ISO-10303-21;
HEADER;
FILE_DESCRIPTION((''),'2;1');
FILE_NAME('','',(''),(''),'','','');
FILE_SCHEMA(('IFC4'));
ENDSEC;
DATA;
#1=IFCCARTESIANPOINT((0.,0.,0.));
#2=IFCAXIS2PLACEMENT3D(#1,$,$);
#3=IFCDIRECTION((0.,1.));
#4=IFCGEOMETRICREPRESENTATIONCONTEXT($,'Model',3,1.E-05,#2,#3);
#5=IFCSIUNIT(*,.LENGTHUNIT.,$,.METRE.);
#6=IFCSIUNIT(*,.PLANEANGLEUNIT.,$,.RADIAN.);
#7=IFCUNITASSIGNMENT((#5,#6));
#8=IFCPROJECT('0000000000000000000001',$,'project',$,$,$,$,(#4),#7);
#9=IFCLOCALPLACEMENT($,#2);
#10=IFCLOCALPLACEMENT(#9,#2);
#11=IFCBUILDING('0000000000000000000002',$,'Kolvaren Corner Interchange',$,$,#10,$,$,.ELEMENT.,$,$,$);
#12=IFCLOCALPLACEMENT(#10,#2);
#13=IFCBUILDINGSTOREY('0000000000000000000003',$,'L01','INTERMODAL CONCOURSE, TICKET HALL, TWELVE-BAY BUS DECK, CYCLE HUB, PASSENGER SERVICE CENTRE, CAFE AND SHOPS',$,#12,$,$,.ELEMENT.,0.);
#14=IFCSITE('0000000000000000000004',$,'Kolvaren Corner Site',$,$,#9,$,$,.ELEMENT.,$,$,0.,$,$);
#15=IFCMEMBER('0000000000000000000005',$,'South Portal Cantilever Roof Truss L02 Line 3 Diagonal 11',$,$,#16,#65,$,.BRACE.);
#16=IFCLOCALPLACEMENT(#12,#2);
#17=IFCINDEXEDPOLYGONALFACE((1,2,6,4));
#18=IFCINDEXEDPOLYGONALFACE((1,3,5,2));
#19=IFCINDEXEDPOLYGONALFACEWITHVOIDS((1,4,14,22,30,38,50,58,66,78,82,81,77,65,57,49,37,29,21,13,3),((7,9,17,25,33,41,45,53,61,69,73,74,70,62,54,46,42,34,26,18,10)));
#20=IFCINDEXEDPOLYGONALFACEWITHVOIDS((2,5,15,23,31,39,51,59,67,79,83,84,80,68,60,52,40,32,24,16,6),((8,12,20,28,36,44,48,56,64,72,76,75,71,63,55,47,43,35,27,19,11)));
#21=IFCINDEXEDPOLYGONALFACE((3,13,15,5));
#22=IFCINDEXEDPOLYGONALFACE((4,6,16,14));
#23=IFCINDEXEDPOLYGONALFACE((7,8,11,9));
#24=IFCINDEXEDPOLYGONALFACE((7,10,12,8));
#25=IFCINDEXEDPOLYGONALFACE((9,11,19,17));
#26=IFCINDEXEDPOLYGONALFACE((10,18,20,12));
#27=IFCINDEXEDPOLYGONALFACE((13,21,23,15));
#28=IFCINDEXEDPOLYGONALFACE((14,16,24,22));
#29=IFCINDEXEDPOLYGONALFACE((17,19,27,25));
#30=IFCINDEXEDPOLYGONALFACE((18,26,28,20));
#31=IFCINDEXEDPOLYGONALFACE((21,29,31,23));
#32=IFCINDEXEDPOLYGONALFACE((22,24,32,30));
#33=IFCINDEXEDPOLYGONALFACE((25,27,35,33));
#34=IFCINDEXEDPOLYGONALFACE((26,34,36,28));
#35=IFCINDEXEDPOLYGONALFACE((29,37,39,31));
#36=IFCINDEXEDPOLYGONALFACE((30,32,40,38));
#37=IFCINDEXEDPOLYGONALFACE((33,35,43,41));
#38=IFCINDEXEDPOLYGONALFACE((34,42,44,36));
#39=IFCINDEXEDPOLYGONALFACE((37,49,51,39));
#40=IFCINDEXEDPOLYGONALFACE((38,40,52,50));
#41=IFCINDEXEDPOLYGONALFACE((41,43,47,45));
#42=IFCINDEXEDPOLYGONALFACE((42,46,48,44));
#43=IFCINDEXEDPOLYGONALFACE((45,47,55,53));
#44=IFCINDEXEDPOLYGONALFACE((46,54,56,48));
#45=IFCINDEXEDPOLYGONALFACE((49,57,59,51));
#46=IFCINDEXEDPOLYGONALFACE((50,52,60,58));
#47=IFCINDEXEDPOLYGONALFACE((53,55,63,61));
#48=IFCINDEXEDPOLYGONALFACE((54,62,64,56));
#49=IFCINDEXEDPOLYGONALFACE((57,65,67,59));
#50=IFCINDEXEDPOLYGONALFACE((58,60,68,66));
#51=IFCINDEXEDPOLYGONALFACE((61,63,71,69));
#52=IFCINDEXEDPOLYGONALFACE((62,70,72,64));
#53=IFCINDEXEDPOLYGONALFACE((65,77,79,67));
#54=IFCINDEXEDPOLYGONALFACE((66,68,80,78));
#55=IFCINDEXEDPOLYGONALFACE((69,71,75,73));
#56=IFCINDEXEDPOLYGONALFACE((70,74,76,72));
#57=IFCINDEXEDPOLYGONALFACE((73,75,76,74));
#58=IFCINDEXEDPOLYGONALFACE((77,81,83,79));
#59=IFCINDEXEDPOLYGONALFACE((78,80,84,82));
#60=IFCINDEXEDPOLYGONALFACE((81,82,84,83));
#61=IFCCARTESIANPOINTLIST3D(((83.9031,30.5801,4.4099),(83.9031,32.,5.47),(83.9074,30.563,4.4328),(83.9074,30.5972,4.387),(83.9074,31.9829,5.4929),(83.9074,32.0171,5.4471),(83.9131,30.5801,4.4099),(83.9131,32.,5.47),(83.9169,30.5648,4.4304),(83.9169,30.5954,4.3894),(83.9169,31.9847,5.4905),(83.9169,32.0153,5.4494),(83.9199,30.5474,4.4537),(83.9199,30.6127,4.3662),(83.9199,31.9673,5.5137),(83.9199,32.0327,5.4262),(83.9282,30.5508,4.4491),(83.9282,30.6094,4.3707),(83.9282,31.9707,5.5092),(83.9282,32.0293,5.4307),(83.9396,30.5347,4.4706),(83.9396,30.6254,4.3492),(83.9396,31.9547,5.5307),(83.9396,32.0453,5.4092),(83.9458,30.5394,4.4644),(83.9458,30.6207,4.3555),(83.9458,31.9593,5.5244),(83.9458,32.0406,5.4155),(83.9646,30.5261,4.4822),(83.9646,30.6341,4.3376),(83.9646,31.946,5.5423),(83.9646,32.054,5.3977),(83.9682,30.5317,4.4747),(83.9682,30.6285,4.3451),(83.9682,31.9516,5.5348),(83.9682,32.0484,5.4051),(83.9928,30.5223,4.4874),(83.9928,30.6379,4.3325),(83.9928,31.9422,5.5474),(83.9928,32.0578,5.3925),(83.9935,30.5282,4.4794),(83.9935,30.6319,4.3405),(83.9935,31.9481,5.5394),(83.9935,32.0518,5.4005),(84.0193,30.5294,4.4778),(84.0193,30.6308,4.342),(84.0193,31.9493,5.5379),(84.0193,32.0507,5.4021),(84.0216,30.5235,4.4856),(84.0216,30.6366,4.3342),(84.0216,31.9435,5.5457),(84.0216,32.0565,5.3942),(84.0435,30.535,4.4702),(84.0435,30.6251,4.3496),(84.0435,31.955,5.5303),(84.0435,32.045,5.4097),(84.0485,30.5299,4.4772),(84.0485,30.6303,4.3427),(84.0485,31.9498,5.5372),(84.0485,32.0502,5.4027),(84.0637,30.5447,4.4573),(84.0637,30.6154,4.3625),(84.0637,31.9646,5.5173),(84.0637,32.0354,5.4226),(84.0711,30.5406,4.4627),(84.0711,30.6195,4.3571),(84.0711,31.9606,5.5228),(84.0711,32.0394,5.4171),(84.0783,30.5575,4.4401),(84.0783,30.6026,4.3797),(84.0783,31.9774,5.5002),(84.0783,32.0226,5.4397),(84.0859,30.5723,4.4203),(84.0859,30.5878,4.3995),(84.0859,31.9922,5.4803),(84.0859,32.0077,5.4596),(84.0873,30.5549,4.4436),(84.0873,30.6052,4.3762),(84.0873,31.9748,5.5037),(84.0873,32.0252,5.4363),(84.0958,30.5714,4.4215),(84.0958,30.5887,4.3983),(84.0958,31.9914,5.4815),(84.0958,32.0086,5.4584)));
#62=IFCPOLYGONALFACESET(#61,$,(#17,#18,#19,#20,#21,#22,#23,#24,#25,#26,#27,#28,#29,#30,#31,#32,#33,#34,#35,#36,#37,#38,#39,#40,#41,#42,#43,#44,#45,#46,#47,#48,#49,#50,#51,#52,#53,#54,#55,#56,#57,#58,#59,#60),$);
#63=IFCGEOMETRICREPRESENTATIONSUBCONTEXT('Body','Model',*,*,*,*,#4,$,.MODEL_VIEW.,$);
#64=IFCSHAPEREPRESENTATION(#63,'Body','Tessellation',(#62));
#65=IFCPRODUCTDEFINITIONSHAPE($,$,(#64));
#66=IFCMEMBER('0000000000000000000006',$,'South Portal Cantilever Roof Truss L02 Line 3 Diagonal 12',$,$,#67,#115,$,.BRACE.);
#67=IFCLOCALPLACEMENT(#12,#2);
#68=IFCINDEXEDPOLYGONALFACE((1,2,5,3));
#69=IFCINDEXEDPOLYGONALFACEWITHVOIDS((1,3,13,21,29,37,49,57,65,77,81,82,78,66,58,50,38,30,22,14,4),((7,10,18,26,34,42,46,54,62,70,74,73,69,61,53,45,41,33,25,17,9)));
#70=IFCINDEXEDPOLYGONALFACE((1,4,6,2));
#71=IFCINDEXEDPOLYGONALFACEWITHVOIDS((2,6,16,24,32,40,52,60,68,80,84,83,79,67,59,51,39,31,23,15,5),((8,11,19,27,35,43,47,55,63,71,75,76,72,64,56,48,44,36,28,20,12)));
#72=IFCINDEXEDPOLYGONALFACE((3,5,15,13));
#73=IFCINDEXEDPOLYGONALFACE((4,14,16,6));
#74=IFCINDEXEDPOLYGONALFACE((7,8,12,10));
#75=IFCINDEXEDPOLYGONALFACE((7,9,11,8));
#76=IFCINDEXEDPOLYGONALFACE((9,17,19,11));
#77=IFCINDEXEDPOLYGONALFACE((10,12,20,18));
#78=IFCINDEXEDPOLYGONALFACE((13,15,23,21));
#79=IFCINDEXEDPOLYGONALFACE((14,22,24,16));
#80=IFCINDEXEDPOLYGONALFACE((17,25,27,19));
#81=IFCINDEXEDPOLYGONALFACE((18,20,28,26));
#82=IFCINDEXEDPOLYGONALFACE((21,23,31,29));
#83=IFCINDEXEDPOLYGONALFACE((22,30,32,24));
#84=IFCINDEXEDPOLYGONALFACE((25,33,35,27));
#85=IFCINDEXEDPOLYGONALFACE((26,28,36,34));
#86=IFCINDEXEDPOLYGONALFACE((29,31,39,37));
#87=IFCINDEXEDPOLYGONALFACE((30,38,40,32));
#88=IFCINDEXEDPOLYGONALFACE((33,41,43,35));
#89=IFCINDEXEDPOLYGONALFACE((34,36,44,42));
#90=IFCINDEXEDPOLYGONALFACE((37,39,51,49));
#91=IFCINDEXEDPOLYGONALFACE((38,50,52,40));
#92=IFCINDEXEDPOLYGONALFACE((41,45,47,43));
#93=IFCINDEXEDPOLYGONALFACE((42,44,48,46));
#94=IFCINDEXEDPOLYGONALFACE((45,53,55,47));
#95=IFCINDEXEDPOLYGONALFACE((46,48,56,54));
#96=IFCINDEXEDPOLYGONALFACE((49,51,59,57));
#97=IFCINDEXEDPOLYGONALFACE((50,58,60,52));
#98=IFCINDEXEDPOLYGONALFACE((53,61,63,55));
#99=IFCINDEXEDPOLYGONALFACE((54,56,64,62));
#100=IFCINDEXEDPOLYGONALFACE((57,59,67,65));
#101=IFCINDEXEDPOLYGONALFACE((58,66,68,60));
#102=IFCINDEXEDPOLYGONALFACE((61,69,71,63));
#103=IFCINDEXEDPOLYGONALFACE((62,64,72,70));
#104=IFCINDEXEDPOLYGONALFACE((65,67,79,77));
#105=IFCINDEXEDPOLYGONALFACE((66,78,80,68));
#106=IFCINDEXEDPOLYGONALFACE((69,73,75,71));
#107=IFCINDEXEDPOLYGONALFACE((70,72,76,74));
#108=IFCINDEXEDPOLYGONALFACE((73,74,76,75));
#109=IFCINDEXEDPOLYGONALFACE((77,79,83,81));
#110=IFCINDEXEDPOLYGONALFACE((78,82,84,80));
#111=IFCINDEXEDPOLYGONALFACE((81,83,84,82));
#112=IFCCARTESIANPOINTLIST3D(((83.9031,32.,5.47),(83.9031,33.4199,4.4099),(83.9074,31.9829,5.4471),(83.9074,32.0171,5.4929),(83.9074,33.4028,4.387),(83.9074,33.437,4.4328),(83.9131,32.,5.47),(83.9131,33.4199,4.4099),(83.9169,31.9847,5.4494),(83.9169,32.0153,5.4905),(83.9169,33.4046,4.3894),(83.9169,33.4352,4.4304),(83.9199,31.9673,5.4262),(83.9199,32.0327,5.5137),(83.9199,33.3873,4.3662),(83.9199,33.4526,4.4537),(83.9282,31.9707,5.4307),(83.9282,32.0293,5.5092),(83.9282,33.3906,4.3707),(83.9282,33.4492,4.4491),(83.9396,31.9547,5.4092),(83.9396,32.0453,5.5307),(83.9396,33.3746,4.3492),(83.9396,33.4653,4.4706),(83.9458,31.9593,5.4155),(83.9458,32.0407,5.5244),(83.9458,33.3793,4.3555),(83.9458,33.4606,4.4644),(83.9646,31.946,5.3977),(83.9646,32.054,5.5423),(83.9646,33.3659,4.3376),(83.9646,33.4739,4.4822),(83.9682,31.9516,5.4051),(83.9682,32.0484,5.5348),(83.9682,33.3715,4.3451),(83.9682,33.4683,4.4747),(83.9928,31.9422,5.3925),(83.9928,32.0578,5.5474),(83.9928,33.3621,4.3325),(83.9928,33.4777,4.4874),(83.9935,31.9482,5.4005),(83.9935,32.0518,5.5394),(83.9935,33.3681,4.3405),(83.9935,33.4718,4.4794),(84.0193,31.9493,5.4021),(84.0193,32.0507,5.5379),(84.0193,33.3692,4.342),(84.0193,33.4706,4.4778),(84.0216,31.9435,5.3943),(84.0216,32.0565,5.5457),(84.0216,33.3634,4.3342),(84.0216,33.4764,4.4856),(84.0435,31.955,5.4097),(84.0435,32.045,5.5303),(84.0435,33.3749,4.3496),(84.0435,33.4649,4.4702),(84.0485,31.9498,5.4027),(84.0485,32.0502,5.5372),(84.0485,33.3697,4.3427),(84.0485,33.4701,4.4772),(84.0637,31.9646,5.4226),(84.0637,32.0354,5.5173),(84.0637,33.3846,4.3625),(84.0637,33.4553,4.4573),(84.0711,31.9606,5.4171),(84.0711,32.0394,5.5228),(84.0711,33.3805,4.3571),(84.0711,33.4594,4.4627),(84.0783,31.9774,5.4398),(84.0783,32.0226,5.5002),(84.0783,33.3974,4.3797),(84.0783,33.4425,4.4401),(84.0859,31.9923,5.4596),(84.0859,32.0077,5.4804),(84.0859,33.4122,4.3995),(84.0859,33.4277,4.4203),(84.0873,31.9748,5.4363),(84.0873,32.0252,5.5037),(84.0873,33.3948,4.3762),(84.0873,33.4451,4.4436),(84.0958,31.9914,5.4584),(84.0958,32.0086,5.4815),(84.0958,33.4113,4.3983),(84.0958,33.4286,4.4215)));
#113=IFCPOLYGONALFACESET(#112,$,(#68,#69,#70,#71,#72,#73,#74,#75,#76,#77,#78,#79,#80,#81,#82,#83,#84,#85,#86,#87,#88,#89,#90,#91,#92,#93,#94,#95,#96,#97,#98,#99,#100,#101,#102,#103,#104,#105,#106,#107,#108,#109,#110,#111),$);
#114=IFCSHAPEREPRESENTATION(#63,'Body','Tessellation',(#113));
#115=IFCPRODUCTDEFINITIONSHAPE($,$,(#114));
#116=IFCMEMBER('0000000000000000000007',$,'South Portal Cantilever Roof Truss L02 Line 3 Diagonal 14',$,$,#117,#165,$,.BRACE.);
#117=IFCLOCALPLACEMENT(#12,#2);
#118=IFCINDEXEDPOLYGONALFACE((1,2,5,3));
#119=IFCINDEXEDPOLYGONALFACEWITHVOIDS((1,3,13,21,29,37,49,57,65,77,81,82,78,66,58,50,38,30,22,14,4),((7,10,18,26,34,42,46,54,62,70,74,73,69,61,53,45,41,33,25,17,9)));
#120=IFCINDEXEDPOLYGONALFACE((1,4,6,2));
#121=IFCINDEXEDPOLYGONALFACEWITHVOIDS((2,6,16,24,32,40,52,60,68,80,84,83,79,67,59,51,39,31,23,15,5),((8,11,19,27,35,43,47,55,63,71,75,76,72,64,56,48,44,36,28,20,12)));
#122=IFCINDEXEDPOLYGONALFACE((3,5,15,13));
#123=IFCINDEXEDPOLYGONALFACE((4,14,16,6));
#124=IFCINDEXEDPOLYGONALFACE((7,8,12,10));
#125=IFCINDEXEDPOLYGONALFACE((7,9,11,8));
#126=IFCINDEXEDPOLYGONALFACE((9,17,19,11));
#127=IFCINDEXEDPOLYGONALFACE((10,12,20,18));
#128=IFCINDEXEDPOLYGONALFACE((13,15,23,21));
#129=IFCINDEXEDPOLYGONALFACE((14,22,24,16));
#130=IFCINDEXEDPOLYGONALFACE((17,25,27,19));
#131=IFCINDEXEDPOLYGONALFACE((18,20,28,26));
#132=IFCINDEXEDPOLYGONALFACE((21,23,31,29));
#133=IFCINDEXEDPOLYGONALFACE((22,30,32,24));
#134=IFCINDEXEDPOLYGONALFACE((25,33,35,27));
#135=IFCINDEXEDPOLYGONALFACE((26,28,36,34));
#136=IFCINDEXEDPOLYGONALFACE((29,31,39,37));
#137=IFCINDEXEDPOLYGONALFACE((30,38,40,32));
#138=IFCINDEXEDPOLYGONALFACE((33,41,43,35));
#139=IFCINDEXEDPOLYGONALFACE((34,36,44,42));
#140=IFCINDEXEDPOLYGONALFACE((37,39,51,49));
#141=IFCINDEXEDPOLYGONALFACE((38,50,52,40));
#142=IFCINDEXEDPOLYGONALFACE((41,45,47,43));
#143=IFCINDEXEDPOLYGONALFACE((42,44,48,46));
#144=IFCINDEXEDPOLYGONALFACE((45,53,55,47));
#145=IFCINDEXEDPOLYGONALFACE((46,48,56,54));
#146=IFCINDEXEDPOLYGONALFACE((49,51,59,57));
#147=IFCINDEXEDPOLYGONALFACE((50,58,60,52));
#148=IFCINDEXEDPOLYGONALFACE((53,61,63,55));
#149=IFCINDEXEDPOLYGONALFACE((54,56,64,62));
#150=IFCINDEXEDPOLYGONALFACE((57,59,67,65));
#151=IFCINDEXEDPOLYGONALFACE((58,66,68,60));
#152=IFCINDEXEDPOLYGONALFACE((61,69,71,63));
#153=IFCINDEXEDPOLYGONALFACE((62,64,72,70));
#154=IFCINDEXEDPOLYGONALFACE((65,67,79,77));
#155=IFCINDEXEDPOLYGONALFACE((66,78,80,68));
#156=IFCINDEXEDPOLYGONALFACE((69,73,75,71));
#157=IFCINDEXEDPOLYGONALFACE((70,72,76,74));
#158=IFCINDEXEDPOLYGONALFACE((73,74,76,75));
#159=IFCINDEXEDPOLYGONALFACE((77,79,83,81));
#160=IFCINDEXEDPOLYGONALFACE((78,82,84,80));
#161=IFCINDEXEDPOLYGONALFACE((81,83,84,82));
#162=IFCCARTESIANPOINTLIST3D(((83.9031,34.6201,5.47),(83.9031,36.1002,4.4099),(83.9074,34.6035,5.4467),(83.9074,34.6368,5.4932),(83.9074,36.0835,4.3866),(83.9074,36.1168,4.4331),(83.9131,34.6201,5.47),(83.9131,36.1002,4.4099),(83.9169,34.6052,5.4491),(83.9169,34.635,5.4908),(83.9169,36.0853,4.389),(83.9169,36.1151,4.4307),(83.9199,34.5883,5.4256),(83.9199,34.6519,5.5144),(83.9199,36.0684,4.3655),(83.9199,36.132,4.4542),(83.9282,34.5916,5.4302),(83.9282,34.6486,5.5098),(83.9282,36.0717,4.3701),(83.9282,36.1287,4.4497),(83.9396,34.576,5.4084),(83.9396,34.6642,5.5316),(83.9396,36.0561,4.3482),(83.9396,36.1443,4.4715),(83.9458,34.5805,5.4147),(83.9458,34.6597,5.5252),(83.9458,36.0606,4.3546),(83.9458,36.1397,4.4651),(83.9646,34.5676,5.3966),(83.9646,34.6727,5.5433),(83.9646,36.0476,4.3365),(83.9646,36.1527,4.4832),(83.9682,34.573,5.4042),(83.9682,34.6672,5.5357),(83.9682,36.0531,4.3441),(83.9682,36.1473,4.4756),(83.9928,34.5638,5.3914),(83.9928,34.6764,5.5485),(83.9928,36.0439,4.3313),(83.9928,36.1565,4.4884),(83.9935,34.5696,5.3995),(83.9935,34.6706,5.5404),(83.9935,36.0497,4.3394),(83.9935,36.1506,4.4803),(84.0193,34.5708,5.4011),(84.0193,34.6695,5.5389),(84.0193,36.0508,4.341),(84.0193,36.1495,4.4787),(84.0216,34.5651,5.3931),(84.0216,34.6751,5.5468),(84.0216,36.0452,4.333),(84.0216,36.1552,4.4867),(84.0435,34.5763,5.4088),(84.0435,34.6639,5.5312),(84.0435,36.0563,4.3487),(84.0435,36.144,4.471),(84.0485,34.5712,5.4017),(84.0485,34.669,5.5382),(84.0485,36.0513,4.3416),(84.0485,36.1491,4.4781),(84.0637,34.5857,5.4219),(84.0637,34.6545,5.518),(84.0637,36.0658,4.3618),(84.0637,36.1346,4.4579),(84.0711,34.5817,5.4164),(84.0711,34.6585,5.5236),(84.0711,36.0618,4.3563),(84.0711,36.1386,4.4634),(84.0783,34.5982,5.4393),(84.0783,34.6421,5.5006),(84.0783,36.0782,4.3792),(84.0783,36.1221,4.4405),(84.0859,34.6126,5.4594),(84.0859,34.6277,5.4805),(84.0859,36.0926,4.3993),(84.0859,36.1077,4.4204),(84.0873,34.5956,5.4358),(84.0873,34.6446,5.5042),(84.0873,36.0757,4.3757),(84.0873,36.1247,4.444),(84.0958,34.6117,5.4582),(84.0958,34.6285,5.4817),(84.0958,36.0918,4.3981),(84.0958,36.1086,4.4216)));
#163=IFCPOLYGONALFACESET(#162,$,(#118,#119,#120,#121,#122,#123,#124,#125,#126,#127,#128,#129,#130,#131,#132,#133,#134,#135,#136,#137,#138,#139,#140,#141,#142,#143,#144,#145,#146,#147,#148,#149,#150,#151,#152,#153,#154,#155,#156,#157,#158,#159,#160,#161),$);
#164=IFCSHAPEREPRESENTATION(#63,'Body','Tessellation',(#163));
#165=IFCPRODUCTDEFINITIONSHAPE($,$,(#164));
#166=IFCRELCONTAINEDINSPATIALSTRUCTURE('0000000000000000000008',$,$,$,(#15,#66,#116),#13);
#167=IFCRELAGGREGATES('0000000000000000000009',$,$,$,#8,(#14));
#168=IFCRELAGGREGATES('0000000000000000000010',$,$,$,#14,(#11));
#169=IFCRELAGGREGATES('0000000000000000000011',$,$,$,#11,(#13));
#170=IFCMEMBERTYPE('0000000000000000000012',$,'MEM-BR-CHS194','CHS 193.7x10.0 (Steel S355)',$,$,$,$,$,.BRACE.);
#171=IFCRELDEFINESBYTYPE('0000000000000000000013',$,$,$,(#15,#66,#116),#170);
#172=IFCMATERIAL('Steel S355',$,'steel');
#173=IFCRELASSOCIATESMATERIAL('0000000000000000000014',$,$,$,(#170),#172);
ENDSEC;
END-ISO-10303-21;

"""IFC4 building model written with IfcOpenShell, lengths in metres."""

from ifc_helpers import new_model, si_unit, direction, frame, origin, origin_2d, place, context, subcontext, project, spatial, hollow_circle, extrude, material, material_profile, profile_set, type_object, element, save


model = new_model("IFC4")

# Units and contexts
model_context = context("Model", 3, precision=1e-05, world=origin(), true_north=direction((0.0, 1.0)))
body_context = subcontext(model_context, "Body", "Model", "MODEL_VIEW")
ifc_project = project(units=[si_unit("LENGTHUNIT", "METRE"), si_unit("PLANEANGLEUNIT", "RADIAN")], contexts=[model_context])

# Site, building, storey
site_placement = place(None, origin())
site = spatial("IfcSite", under=ifc_project, at=site_placement, Name="Kolvaren Corner Site", CompositionType="ELEMENT", RefElevation=0.0)
building_placement = place(site_placement, origin())
building = spatial("IfcBuilding", under=site, at=building_placement, Name="Kolvaren Corner Interchange", CompositionType="ELEMENT")
storey_placement = place(building_placement, origin())
storey = spatial("IfcBuildingStorey", under=building, at=storey_placement, Name="L01", Description="INTERMODAL CONCOURSE, TICKET HALL, TWELVE-BAY BUS DECK, CYCLE HUB, PASSENGER SERVICE CENTRE, CAFE AND SHOPS", CompositionType="ELEMENT", Elevation=0.0)

# Members
ifc_material_1 = material(Name="Steel S355", Category="steel")
ifc_material_profile_1 = material_profile(ifc_material_1, hollow_circle(Radius=0.0969, WallThickness=0.01, at=origin_2d()), Name="CHS 193.7x10.0")
ifc_profile_set_1 = profile_set([ifc_material_profile_1], Name="Steel S355")
member_type_1 = type_object("IfcMemberType", Name="MEM-BR-CHS194", Description="CHS 193.7x10.0 (Steel S355)", PredefinedType="BRACE", material=ifc_profile_set_1)
for number, where, z_axis, x_axis, name in (
    (1, (84.0, 30.5801, 4.4099), (0.0, 0.801321, 0.598235), (-1.0, 0.0, 0.0), "South Portal Cantilever Roof Truss L02 Line 3 Diagonal 11"),
    (2, (84.0, 32.0, 5.47), (0.0, 0.801321, -0.598235), (-1.0, 0.0, 0.0), "South Portal Cantilever Roof Truss L02 Line 3 Diagonal 12"),
):
    element("IfcMember", number, at=place(storey_placement, frame(where, z_axis=z_axis, x_axis=x_axis)), inside=storey, type_object=member_type_1, Name=name, PredefinedType="BRACE", context=body_context, shape_type="SweptSolid", body=[
        extrude(hollow_circle(Radius=0.0969, WallThickness=0.01, at=origin_2d()), origin(), (0.0, 0.0, 1.0), 1.772),
    ])
for number, where, z_axis, x_axis, name in (
    (3, (84.0, 34.6201, 5.47), (0.0, 0.812972, -0.582303), (-1.0, 0.0, 0.0), "South Portal Cantilever Roof Truss L02 Line 3 Diagonal 14"),
):
    element("IfcMember", number, at=place(storey_placement, frame(where, z_axis=z_axis, x_axis=x_axis)), inside=storey, type_object=member_type_1, Name=name, PredefinedType="BRACE", context=body_context, shape_type="SweptSolid", body=[
        extrude(hollow_circle(Radius=0.0969, WallThickness=0.01, at=origin_2d()), origin(), (0.0, 0.0, 1.0), 1.8206),
    ])

save(model, "model.ifc")
